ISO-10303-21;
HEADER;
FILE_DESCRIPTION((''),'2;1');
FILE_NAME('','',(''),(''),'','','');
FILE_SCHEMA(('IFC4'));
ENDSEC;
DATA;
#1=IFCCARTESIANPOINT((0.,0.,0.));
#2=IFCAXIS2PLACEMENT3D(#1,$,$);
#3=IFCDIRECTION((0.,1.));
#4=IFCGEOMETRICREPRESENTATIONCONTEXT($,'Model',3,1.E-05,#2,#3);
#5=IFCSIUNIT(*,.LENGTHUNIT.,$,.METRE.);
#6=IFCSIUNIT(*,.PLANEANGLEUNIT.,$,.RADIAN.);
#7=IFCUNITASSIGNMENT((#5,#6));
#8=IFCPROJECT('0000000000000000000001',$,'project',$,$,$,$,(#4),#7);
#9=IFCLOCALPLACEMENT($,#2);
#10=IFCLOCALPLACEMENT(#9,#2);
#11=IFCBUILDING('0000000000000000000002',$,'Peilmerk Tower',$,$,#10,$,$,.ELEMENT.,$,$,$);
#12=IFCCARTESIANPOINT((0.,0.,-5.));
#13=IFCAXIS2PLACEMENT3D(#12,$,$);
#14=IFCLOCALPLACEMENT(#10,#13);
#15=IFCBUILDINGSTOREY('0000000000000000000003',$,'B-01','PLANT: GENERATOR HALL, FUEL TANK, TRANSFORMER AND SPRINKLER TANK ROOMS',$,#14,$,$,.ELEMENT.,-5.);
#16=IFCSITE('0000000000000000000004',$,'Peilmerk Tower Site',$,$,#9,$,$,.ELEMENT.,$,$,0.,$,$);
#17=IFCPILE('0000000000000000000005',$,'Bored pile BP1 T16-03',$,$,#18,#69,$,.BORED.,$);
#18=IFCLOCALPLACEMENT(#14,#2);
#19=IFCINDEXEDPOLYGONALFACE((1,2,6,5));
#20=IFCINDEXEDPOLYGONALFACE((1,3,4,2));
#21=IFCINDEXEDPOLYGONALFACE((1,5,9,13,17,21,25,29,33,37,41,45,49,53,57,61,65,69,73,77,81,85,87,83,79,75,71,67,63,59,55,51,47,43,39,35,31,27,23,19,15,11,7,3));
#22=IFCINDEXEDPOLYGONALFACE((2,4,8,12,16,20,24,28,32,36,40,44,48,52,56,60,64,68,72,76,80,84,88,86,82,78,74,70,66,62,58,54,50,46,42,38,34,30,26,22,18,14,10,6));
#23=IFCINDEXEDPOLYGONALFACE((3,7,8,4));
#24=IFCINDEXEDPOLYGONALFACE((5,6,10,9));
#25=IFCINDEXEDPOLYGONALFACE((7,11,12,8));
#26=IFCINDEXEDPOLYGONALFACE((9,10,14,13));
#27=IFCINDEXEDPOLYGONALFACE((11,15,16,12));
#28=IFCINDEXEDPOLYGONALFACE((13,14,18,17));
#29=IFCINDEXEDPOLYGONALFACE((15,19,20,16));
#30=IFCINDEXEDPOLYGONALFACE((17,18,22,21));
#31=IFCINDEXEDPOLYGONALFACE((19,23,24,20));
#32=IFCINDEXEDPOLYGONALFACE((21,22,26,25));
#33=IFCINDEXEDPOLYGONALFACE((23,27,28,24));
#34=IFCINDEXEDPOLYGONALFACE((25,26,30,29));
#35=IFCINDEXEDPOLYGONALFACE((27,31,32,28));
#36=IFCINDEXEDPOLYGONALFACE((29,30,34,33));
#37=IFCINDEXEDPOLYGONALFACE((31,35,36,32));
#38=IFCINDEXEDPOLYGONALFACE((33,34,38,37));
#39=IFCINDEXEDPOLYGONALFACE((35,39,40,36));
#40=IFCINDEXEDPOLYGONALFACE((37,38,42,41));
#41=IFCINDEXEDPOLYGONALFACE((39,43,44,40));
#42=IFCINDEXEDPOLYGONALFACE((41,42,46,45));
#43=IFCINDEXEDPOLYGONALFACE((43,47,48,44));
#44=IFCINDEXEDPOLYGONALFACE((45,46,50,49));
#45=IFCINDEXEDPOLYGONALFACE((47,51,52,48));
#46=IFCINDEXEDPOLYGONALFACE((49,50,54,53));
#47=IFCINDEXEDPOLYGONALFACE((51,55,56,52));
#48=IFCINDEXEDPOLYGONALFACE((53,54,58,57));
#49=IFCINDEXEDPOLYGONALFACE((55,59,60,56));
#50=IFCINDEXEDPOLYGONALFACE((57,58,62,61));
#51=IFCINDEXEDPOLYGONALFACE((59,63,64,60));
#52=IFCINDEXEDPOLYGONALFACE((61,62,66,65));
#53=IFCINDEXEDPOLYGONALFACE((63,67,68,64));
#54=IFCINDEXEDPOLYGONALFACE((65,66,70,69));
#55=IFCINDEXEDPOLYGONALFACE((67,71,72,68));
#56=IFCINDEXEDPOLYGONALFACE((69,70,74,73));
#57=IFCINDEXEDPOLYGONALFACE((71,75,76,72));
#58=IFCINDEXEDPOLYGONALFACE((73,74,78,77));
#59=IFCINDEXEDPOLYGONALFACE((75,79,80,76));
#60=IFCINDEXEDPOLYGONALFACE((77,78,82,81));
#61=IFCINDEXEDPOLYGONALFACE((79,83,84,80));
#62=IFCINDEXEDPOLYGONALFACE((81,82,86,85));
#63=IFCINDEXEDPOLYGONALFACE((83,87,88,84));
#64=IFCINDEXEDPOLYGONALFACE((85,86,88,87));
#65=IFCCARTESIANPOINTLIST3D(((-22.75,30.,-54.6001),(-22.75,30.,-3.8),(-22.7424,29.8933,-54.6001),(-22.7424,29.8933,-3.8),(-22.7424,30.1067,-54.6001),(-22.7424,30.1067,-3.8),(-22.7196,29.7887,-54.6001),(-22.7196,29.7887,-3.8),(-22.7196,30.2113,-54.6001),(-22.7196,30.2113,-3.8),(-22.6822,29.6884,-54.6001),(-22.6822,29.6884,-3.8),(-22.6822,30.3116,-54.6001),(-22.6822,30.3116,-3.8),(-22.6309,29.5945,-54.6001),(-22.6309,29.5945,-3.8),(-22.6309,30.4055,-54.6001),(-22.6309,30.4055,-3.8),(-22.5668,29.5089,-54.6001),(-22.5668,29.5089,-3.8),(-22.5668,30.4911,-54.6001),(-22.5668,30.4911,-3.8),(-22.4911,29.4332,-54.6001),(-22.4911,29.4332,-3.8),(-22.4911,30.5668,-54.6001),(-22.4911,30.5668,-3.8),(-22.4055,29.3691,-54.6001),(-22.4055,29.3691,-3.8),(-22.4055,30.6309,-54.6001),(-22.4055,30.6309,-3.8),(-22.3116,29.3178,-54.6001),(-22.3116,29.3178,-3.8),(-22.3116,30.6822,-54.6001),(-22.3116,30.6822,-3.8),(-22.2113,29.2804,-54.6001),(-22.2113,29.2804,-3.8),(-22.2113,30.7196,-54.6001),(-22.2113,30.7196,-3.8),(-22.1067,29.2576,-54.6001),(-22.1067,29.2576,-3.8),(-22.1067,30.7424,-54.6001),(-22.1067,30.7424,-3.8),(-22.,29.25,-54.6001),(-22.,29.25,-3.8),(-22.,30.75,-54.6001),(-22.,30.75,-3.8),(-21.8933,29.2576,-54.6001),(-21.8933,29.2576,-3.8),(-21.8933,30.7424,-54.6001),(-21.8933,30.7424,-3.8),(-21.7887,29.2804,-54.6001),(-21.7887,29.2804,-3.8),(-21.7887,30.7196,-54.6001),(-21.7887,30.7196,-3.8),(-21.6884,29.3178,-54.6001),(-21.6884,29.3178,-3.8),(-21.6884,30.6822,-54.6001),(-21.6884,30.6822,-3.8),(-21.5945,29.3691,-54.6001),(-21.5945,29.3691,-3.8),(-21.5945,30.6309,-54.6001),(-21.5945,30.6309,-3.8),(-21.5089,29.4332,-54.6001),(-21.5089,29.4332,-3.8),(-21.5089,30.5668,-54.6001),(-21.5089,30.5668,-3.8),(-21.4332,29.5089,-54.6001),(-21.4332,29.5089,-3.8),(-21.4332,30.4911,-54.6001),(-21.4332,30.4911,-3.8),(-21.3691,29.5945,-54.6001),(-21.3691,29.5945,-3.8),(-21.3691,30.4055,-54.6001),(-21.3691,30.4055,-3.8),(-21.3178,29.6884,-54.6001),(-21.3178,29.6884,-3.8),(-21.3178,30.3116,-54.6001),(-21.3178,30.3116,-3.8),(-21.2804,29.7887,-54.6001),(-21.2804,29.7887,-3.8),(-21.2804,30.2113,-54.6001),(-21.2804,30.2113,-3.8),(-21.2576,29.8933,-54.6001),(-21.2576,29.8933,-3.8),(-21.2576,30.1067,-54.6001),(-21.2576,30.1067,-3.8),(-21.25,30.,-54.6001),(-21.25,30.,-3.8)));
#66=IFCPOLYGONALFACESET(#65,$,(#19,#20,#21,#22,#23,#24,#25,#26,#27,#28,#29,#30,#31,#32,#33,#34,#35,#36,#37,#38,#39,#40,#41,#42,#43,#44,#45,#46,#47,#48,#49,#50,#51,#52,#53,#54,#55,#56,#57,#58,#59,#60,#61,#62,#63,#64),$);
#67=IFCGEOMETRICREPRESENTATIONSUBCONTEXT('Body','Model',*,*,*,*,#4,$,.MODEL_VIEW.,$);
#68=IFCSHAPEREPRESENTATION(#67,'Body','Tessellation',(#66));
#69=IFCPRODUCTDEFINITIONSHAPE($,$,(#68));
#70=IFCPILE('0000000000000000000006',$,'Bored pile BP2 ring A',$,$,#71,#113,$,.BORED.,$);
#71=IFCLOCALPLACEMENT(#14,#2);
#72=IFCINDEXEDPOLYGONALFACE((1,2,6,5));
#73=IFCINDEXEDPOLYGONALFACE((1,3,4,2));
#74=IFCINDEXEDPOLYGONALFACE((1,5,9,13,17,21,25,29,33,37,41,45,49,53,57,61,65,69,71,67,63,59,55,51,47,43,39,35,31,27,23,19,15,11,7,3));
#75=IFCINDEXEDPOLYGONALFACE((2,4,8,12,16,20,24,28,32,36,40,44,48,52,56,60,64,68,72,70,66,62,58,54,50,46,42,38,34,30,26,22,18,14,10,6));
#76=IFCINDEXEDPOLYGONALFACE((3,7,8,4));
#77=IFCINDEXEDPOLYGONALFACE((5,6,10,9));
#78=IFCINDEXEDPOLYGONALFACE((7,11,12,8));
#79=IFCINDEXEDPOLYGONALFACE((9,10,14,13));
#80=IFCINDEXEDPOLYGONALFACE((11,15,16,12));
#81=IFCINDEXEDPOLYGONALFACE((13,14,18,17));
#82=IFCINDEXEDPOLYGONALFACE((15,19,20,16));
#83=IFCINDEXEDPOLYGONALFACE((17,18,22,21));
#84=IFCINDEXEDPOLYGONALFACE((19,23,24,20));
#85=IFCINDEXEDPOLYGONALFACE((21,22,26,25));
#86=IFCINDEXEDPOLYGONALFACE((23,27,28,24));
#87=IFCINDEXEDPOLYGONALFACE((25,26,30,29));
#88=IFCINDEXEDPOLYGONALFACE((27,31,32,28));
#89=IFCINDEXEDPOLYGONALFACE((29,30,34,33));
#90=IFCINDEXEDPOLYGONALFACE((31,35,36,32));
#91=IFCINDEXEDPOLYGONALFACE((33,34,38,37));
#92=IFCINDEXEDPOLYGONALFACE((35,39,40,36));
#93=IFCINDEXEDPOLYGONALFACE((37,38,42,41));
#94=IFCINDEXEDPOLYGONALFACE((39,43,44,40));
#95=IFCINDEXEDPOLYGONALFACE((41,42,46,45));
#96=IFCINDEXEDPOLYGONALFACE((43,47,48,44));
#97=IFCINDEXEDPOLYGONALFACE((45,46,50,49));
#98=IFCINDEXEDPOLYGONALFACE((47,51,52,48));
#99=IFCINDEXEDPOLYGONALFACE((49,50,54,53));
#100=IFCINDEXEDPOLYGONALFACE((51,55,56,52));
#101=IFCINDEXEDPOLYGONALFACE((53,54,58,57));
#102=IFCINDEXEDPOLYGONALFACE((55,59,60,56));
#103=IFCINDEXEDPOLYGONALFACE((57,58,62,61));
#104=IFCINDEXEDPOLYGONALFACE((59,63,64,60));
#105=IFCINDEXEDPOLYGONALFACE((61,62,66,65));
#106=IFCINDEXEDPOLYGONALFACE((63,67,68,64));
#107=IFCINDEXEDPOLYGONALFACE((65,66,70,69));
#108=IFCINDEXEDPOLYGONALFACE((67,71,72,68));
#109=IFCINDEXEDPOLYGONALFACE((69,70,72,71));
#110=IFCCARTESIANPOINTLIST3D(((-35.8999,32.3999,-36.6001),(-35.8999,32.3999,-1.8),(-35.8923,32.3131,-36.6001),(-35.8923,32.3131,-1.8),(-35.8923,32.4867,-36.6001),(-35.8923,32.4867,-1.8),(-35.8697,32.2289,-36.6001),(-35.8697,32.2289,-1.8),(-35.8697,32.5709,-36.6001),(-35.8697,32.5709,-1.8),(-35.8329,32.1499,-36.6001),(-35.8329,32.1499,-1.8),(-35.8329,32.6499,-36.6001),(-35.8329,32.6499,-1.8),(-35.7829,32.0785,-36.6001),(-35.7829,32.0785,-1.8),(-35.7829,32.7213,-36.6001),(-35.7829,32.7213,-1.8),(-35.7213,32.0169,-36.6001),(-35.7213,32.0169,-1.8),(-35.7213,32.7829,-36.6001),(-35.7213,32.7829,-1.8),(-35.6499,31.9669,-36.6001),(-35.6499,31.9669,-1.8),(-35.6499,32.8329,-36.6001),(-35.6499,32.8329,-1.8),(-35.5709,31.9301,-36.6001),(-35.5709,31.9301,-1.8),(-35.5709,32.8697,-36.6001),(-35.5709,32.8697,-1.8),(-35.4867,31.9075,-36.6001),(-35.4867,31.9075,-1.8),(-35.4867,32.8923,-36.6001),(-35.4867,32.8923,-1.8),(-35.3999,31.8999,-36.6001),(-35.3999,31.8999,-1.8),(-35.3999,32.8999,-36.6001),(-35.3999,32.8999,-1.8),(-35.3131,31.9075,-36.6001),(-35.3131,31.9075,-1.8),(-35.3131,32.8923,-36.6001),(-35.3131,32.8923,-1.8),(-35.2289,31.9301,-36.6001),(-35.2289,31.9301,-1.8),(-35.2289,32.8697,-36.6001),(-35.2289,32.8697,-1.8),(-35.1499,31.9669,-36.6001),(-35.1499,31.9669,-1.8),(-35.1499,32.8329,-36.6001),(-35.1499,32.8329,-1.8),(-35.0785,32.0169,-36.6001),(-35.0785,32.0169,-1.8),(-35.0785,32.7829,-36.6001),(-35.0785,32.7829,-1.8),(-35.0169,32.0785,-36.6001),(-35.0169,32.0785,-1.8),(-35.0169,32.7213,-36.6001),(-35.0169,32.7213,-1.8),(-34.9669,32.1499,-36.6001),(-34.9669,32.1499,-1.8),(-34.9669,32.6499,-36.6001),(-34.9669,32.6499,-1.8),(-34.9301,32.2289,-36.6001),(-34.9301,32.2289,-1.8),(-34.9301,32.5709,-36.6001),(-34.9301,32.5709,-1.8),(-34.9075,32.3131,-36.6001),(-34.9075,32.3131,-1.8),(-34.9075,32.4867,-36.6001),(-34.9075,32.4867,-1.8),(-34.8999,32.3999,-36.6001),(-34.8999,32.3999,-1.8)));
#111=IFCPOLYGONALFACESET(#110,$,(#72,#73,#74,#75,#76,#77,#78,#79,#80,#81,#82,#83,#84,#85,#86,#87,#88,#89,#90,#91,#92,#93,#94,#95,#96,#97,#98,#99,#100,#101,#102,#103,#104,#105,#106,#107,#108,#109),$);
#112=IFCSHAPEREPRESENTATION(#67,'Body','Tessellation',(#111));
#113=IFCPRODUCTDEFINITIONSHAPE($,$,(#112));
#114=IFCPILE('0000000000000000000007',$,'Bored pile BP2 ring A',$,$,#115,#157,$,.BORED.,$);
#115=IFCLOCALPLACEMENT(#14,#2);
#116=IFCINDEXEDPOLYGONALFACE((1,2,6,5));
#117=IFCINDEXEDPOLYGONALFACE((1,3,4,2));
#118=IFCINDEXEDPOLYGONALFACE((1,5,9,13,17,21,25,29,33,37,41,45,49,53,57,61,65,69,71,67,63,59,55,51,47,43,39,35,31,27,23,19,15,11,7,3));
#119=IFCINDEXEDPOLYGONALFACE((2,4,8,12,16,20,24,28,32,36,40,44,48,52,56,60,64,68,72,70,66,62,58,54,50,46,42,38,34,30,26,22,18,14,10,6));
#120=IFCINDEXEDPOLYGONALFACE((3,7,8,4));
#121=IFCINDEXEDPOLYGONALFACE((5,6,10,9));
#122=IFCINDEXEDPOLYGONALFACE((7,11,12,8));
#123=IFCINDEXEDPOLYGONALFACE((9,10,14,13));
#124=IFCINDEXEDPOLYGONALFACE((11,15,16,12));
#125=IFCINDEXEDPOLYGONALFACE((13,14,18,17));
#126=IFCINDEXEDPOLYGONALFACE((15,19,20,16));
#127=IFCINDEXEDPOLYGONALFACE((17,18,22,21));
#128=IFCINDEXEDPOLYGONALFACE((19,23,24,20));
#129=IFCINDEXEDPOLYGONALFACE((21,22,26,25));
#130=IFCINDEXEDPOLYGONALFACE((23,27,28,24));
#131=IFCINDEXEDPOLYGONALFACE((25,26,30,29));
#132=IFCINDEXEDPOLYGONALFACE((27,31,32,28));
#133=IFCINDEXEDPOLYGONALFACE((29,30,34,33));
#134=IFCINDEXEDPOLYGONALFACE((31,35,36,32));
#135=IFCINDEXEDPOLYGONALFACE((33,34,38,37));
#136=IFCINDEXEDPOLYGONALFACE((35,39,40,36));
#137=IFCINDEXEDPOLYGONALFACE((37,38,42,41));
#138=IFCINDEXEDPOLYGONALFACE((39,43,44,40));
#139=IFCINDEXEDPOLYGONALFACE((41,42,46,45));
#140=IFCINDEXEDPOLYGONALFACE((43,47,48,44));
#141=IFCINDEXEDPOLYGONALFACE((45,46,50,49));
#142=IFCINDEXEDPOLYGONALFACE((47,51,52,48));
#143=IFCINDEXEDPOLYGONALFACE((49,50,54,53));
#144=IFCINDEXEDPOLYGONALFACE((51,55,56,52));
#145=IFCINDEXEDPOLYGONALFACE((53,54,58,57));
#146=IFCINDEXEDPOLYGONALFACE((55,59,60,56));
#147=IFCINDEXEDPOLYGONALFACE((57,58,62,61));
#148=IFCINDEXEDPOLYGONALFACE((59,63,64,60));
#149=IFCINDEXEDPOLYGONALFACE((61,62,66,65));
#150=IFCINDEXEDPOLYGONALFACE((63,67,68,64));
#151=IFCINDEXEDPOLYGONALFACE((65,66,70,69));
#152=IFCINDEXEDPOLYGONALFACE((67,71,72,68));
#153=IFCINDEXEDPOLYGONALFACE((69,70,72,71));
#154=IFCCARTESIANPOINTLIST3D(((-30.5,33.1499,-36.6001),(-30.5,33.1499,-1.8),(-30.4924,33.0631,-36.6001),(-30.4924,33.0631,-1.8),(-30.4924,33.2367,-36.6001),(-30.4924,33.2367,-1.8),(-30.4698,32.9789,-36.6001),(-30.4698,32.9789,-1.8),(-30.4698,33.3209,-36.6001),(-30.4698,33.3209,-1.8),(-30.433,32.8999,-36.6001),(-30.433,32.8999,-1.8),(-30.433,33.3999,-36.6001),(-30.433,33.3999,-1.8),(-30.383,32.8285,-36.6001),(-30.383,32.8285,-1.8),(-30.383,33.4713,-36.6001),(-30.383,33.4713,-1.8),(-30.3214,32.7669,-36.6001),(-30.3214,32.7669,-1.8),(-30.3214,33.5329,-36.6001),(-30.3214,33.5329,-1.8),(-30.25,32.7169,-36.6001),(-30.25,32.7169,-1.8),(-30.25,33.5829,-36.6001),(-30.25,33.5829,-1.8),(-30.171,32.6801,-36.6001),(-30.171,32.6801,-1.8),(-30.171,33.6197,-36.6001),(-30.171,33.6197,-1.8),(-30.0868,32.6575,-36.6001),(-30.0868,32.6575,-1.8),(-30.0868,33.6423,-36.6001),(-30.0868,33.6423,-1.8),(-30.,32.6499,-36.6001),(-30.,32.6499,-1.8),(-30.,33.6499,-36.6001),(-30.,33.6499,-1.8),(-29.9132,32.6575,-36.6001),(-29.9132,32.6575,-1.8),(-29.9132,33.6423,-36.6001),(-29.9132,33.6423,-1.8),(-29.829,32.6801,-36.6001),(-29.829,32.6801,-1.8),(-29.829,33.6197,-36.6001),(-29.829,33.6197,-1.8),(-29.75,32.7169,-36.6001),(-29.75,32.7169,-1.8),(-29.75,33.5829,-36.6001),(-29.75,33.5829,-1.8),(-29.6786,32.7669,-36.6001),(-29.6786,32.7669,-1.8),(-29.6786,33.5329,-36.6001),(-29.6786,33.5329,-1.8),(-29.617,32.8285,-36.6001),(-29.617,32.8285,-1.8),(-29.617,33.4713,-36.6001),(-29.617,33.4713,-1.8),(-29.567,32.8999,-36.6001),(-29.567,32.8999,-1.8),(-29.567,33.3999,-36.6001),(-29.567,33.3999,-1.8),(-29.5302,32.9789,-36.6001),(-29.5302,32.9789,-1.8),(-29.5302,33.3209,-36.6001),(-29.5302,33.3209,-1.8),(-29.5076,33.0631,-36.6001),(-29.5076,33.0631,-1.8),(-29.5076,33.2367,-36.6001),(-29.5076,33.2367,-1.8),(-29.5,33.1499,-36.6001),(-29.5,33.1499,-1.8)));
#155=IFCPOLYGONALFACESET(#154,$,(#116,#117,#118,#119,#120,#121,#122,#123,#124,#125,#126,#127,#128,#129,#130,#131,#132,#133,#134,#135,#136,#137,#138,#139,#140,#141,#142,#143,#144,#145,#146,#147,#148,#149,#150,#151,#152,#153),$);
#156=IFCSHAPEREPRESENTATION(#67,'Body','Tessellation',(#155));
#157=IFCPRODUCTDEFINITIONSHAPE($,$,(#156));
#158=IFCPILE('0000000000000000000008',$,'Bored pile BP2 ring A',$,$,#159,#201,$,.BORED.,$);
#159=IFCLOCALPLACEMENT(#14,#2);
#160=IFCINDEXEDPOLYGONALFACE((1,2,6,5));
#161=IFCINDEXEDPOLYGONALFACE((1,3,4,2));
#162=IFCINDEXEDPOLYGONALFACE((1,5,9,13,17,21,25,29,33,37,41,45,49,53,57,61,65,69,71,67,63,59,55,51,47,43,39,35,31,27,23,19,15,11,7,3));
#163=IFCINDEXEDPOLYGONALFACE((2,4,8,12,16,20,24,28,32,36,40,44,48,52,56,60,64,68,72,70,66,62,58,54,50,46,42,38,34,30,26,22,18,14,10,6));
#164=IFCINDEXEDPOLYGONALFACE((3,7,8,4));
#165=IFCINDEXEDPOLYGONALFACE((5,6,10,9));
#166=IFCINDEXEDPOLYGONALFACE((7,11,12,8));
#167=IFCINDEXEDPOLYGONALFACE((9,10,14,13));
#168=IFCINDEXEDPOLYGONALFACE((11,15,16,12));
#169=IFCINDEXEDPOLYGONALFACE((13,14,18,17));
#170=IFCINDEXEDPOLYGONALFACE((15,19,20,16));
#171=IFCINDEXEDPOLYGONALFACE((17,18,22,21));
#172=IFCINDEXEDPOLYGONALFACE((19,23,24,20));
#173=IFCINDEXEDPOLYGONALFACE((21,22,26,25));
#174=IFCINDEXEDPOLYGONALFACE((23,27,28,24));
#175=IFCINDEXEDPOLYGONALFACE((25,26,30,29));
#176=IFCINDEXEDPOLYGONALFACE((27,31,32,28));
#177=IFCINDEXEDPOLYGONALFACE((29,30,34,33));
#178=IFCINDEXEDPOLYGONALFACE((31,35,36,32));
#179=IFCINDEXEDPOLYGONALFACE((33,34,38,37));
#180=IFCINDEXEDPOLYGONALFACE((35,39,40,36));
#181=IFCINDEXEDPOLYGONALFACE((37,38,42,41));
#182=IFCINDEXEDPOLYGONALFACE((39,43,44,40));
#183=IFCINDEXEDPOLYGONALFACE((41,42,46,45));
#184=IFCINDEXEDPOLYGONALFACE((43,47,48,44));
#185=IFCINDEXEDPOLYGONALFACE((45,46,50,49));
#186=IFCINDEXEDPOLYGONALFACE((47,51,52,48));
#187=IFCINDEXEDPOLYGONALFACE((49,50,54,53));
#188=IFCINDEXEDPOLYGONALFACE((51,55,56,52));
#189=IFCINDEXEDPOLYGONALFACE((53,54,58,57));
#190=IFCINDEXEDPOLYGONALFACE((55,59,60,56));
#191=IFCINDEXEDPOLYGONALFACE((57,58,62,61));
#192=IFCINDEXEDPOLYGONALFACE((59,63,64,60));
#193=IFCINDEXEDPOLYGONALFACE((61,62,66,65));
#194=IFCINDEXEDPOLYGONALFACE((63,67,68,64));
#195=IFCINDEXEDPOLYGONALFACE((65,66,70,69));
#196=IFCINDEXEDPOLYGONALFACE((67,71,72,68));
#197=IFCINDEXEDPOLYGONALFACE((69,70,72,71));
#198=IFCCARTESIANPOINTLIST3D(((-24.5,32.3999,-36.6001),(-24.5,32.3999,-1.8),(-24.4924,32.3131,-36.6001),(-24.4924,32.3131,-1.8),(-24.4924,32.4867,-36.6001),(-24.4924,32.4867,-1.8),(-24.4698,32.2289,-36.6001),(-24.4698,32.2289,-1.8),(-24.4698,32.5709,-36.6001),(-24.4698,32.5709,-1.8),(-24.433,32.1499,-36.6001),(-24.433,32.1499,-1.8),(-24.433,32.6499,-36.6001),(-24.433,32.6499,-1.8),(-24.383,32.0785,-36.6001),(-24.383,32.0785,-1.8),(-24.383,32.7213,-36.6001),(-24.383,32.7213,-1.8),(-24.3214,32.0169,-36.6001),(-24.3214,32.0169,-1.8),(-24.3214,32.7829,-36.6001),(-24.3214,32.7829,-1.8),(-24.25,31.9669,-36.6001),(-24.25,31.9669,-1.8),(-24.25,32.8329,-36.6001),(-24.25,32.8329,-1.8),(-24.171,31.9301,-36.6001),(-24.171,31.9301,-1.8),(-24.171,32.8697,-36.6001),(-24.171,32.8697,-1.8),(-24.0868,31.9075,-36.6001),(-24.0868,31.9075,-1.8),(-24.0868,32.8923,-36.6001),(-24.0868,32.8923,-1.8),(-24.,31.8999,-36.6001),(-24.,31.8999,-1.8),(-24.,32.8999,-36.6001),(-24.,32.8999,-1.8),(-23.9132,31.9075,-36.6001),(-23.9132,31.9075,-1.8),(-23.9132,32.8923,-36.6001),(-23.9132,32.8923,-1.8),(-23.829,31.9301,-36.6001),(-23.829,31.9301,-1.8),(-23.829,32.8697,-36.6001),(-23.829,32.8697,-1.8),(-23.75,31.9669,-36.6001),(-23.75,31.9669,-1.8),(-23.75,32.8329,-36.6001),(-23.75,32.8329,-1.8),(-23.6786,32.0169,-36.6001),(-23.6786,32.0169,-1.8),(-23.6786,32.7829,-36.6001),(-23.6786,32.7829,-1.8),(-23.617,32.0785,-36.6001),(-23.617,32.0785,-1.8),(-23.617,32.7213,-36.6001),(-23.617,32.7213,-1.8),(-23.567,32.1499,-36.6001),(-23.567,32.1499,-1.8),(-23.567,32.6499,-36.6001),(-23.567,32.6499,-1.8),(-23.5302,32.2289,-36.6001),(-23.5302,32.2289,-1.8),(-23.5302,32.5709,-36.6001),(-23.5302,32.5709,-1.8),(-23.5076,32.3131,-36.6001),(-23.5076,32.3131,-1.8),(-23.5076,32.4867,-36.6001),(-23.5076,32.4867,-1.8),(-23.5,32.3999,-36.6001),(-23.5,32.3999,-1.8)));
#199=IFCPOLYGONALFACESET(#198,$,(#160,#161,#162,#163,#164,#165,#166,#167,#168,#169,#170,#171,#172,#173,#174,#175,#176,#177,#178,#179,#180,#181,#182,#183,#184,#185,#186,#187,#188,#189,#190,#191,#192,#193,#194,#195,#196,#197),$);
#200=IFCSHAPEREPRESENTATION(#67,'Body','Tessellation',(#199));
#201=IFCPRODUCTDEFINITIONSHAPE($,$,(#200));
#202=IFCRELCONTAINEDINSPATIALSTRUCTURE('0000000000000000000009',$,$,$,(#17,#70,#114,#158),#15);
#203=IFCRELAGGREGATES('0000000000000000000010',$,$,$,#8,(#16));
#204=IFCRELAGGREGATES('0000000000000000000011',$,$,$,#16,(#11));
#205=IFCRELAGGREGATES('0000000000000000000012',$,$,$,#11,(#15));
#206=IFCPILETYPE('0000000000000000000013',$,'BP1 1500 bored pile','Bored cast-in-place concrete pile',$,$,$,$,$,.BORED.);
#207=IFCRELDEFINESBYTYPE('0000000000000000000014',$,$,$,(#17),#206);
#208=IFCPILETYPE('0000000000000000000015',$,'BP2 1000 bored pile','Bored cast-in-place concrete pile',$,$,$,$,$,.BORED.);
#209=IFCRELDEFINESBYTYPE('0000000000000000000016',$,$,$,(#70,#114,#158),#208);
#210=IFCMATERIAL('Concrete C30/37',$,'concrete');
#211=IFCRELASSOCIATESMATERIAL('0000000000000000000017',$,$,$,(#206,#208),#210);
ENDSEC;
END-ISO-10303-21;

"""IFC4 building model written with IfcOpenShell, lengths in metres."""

from ifc_helpers import new_model, si_unit, direction, frame, origin, origin_2d, place, context, subcontext, project, spatial, circle, extrude, material, material_profile, profile_set, type_object, element, save


model = new_model("IFC4")

# Units and contexts
model_context = context("Model", 3, precision=1e-05, world=origin(), true_north=direction((0.0, 1.0)))
body_context = subcontext(model_context, "Body", "Model", "MODEL_VIEW")
ifc_project = project(units=[si_unit("LENGTHUNIT", "METRE"), si_unit("PLANEANGLEUNIT", "RADIAN")], contexts=[model_context])

# Site, building, storey
site_placement = place(None, origin())
site = spatial("IfcSite", under=ifc_project, at=site_placement, Name="Peilmerk Tower Site", CompositionType="ELEMENT", RefElevation=0.0)
building_placement = place(site_placement, origin())
building = spatial("IfcBuilding", under=site, at=building_placement, Name="Peilmerk Tower", CompositionType="ELEMENT")
storey_placement = place(building_placement, frame((0.0, 0.0, -5.0)))
storey = spatial("IfcBuildingStorey", under=building, at=storey_placement, Name="B-01", Description="PLANT: GENERATOR HALL, FUEL TANK, TRANSFORMER AND SPRINKLER TANK ROOMS", CompositionType="ELEMENT", Elevation=-5.0)

# Piles
ifc_material_1 = material(Name="Concrete C30/37", Category="concrete")
ifc_material_profile_1 = material_profile(ifc_material_1, circle(Radius=0.75, at=origin_2d()), Name="BP 1500")
ifc_profile_set_1 = profile_set([ifc_material_profile_1], Name="Concrete C30/37")
pile_type_1 = type_object("IfcPileType", Name="BP1 1500 bored pile", Description="Bored cast-in-place concrete pile", PredefinedType="BORED", material=ifc_profile_set_1)
for number, where, z_axis, x_axis, name in (
    (1, (-22.0, 30.0, -3.8), (0.0, 0.0, -1.0), (1.0, 0.0, 0.0), "Bored pile BP1 T16-03"),
):
    element("IfcPile", number, at=place(storey_placement, frame(where, z_axis=z_axis, x_axis=x_axis)), inside=storey, type_object=pile_type_1, Name=name, PredefinedType="BORED", context=body_context, shape_type="SweptSolid", body=[
        extrude(circle(Radius=0.75, at=origin_2d()), origin(), (0.0, 0.0, 1.0), 50.8),
    ])
ifc_material_profile_2 = material_profile(ifc_material_1, circle(Radius=0.5, at=origin_2d()), Name="BP 1000")
ifc_profile_set_2 = profile_set([ifc_material_profile_2], Name="Concrete C30/37")
pile_type_2 = type_object("IfcPileType", Name="BP2 1000 bored pile", Description="Bored cast-in-place concrete pile", PredefinedType="BORED", material=ifc_profile_set_2)
for number, where, z_axis, x_axis, name in (
    (2, (-35.3999, 32.3999, -1.8), (0.0, 0.0, -1.0), (1.0, 0.0, 0.0), "Bored pile BP2 ring A"),
    (3, (-30.0, 33.1499, -1.8), (0.0, 0.0, -1.0), (1.0, 0.0, 0.0), "Bored pile BP2 ring A"),
    (4, (-24.0, 32.3999, -1.8), (0.0, 0.0, -1.0), (1.0, 0.0, 0.0), "Bored pile BP2 ring A"),
):
    element("IfcPile", number, at=place(storey_placement, frame(where, z_axis=z_axis, x_axis=x_axis)), inside=storey, type_object=pile_type_2, Name=name, PredefinedType="BORED", context=body_context, shape_type="SweptSolid", body=[
        extrude(circle(Radius=0.5, at=origin_2d()), origin(), (0.0, 0.0, 1.0), 34.8),
    ])

save(model, "model.ifc")
